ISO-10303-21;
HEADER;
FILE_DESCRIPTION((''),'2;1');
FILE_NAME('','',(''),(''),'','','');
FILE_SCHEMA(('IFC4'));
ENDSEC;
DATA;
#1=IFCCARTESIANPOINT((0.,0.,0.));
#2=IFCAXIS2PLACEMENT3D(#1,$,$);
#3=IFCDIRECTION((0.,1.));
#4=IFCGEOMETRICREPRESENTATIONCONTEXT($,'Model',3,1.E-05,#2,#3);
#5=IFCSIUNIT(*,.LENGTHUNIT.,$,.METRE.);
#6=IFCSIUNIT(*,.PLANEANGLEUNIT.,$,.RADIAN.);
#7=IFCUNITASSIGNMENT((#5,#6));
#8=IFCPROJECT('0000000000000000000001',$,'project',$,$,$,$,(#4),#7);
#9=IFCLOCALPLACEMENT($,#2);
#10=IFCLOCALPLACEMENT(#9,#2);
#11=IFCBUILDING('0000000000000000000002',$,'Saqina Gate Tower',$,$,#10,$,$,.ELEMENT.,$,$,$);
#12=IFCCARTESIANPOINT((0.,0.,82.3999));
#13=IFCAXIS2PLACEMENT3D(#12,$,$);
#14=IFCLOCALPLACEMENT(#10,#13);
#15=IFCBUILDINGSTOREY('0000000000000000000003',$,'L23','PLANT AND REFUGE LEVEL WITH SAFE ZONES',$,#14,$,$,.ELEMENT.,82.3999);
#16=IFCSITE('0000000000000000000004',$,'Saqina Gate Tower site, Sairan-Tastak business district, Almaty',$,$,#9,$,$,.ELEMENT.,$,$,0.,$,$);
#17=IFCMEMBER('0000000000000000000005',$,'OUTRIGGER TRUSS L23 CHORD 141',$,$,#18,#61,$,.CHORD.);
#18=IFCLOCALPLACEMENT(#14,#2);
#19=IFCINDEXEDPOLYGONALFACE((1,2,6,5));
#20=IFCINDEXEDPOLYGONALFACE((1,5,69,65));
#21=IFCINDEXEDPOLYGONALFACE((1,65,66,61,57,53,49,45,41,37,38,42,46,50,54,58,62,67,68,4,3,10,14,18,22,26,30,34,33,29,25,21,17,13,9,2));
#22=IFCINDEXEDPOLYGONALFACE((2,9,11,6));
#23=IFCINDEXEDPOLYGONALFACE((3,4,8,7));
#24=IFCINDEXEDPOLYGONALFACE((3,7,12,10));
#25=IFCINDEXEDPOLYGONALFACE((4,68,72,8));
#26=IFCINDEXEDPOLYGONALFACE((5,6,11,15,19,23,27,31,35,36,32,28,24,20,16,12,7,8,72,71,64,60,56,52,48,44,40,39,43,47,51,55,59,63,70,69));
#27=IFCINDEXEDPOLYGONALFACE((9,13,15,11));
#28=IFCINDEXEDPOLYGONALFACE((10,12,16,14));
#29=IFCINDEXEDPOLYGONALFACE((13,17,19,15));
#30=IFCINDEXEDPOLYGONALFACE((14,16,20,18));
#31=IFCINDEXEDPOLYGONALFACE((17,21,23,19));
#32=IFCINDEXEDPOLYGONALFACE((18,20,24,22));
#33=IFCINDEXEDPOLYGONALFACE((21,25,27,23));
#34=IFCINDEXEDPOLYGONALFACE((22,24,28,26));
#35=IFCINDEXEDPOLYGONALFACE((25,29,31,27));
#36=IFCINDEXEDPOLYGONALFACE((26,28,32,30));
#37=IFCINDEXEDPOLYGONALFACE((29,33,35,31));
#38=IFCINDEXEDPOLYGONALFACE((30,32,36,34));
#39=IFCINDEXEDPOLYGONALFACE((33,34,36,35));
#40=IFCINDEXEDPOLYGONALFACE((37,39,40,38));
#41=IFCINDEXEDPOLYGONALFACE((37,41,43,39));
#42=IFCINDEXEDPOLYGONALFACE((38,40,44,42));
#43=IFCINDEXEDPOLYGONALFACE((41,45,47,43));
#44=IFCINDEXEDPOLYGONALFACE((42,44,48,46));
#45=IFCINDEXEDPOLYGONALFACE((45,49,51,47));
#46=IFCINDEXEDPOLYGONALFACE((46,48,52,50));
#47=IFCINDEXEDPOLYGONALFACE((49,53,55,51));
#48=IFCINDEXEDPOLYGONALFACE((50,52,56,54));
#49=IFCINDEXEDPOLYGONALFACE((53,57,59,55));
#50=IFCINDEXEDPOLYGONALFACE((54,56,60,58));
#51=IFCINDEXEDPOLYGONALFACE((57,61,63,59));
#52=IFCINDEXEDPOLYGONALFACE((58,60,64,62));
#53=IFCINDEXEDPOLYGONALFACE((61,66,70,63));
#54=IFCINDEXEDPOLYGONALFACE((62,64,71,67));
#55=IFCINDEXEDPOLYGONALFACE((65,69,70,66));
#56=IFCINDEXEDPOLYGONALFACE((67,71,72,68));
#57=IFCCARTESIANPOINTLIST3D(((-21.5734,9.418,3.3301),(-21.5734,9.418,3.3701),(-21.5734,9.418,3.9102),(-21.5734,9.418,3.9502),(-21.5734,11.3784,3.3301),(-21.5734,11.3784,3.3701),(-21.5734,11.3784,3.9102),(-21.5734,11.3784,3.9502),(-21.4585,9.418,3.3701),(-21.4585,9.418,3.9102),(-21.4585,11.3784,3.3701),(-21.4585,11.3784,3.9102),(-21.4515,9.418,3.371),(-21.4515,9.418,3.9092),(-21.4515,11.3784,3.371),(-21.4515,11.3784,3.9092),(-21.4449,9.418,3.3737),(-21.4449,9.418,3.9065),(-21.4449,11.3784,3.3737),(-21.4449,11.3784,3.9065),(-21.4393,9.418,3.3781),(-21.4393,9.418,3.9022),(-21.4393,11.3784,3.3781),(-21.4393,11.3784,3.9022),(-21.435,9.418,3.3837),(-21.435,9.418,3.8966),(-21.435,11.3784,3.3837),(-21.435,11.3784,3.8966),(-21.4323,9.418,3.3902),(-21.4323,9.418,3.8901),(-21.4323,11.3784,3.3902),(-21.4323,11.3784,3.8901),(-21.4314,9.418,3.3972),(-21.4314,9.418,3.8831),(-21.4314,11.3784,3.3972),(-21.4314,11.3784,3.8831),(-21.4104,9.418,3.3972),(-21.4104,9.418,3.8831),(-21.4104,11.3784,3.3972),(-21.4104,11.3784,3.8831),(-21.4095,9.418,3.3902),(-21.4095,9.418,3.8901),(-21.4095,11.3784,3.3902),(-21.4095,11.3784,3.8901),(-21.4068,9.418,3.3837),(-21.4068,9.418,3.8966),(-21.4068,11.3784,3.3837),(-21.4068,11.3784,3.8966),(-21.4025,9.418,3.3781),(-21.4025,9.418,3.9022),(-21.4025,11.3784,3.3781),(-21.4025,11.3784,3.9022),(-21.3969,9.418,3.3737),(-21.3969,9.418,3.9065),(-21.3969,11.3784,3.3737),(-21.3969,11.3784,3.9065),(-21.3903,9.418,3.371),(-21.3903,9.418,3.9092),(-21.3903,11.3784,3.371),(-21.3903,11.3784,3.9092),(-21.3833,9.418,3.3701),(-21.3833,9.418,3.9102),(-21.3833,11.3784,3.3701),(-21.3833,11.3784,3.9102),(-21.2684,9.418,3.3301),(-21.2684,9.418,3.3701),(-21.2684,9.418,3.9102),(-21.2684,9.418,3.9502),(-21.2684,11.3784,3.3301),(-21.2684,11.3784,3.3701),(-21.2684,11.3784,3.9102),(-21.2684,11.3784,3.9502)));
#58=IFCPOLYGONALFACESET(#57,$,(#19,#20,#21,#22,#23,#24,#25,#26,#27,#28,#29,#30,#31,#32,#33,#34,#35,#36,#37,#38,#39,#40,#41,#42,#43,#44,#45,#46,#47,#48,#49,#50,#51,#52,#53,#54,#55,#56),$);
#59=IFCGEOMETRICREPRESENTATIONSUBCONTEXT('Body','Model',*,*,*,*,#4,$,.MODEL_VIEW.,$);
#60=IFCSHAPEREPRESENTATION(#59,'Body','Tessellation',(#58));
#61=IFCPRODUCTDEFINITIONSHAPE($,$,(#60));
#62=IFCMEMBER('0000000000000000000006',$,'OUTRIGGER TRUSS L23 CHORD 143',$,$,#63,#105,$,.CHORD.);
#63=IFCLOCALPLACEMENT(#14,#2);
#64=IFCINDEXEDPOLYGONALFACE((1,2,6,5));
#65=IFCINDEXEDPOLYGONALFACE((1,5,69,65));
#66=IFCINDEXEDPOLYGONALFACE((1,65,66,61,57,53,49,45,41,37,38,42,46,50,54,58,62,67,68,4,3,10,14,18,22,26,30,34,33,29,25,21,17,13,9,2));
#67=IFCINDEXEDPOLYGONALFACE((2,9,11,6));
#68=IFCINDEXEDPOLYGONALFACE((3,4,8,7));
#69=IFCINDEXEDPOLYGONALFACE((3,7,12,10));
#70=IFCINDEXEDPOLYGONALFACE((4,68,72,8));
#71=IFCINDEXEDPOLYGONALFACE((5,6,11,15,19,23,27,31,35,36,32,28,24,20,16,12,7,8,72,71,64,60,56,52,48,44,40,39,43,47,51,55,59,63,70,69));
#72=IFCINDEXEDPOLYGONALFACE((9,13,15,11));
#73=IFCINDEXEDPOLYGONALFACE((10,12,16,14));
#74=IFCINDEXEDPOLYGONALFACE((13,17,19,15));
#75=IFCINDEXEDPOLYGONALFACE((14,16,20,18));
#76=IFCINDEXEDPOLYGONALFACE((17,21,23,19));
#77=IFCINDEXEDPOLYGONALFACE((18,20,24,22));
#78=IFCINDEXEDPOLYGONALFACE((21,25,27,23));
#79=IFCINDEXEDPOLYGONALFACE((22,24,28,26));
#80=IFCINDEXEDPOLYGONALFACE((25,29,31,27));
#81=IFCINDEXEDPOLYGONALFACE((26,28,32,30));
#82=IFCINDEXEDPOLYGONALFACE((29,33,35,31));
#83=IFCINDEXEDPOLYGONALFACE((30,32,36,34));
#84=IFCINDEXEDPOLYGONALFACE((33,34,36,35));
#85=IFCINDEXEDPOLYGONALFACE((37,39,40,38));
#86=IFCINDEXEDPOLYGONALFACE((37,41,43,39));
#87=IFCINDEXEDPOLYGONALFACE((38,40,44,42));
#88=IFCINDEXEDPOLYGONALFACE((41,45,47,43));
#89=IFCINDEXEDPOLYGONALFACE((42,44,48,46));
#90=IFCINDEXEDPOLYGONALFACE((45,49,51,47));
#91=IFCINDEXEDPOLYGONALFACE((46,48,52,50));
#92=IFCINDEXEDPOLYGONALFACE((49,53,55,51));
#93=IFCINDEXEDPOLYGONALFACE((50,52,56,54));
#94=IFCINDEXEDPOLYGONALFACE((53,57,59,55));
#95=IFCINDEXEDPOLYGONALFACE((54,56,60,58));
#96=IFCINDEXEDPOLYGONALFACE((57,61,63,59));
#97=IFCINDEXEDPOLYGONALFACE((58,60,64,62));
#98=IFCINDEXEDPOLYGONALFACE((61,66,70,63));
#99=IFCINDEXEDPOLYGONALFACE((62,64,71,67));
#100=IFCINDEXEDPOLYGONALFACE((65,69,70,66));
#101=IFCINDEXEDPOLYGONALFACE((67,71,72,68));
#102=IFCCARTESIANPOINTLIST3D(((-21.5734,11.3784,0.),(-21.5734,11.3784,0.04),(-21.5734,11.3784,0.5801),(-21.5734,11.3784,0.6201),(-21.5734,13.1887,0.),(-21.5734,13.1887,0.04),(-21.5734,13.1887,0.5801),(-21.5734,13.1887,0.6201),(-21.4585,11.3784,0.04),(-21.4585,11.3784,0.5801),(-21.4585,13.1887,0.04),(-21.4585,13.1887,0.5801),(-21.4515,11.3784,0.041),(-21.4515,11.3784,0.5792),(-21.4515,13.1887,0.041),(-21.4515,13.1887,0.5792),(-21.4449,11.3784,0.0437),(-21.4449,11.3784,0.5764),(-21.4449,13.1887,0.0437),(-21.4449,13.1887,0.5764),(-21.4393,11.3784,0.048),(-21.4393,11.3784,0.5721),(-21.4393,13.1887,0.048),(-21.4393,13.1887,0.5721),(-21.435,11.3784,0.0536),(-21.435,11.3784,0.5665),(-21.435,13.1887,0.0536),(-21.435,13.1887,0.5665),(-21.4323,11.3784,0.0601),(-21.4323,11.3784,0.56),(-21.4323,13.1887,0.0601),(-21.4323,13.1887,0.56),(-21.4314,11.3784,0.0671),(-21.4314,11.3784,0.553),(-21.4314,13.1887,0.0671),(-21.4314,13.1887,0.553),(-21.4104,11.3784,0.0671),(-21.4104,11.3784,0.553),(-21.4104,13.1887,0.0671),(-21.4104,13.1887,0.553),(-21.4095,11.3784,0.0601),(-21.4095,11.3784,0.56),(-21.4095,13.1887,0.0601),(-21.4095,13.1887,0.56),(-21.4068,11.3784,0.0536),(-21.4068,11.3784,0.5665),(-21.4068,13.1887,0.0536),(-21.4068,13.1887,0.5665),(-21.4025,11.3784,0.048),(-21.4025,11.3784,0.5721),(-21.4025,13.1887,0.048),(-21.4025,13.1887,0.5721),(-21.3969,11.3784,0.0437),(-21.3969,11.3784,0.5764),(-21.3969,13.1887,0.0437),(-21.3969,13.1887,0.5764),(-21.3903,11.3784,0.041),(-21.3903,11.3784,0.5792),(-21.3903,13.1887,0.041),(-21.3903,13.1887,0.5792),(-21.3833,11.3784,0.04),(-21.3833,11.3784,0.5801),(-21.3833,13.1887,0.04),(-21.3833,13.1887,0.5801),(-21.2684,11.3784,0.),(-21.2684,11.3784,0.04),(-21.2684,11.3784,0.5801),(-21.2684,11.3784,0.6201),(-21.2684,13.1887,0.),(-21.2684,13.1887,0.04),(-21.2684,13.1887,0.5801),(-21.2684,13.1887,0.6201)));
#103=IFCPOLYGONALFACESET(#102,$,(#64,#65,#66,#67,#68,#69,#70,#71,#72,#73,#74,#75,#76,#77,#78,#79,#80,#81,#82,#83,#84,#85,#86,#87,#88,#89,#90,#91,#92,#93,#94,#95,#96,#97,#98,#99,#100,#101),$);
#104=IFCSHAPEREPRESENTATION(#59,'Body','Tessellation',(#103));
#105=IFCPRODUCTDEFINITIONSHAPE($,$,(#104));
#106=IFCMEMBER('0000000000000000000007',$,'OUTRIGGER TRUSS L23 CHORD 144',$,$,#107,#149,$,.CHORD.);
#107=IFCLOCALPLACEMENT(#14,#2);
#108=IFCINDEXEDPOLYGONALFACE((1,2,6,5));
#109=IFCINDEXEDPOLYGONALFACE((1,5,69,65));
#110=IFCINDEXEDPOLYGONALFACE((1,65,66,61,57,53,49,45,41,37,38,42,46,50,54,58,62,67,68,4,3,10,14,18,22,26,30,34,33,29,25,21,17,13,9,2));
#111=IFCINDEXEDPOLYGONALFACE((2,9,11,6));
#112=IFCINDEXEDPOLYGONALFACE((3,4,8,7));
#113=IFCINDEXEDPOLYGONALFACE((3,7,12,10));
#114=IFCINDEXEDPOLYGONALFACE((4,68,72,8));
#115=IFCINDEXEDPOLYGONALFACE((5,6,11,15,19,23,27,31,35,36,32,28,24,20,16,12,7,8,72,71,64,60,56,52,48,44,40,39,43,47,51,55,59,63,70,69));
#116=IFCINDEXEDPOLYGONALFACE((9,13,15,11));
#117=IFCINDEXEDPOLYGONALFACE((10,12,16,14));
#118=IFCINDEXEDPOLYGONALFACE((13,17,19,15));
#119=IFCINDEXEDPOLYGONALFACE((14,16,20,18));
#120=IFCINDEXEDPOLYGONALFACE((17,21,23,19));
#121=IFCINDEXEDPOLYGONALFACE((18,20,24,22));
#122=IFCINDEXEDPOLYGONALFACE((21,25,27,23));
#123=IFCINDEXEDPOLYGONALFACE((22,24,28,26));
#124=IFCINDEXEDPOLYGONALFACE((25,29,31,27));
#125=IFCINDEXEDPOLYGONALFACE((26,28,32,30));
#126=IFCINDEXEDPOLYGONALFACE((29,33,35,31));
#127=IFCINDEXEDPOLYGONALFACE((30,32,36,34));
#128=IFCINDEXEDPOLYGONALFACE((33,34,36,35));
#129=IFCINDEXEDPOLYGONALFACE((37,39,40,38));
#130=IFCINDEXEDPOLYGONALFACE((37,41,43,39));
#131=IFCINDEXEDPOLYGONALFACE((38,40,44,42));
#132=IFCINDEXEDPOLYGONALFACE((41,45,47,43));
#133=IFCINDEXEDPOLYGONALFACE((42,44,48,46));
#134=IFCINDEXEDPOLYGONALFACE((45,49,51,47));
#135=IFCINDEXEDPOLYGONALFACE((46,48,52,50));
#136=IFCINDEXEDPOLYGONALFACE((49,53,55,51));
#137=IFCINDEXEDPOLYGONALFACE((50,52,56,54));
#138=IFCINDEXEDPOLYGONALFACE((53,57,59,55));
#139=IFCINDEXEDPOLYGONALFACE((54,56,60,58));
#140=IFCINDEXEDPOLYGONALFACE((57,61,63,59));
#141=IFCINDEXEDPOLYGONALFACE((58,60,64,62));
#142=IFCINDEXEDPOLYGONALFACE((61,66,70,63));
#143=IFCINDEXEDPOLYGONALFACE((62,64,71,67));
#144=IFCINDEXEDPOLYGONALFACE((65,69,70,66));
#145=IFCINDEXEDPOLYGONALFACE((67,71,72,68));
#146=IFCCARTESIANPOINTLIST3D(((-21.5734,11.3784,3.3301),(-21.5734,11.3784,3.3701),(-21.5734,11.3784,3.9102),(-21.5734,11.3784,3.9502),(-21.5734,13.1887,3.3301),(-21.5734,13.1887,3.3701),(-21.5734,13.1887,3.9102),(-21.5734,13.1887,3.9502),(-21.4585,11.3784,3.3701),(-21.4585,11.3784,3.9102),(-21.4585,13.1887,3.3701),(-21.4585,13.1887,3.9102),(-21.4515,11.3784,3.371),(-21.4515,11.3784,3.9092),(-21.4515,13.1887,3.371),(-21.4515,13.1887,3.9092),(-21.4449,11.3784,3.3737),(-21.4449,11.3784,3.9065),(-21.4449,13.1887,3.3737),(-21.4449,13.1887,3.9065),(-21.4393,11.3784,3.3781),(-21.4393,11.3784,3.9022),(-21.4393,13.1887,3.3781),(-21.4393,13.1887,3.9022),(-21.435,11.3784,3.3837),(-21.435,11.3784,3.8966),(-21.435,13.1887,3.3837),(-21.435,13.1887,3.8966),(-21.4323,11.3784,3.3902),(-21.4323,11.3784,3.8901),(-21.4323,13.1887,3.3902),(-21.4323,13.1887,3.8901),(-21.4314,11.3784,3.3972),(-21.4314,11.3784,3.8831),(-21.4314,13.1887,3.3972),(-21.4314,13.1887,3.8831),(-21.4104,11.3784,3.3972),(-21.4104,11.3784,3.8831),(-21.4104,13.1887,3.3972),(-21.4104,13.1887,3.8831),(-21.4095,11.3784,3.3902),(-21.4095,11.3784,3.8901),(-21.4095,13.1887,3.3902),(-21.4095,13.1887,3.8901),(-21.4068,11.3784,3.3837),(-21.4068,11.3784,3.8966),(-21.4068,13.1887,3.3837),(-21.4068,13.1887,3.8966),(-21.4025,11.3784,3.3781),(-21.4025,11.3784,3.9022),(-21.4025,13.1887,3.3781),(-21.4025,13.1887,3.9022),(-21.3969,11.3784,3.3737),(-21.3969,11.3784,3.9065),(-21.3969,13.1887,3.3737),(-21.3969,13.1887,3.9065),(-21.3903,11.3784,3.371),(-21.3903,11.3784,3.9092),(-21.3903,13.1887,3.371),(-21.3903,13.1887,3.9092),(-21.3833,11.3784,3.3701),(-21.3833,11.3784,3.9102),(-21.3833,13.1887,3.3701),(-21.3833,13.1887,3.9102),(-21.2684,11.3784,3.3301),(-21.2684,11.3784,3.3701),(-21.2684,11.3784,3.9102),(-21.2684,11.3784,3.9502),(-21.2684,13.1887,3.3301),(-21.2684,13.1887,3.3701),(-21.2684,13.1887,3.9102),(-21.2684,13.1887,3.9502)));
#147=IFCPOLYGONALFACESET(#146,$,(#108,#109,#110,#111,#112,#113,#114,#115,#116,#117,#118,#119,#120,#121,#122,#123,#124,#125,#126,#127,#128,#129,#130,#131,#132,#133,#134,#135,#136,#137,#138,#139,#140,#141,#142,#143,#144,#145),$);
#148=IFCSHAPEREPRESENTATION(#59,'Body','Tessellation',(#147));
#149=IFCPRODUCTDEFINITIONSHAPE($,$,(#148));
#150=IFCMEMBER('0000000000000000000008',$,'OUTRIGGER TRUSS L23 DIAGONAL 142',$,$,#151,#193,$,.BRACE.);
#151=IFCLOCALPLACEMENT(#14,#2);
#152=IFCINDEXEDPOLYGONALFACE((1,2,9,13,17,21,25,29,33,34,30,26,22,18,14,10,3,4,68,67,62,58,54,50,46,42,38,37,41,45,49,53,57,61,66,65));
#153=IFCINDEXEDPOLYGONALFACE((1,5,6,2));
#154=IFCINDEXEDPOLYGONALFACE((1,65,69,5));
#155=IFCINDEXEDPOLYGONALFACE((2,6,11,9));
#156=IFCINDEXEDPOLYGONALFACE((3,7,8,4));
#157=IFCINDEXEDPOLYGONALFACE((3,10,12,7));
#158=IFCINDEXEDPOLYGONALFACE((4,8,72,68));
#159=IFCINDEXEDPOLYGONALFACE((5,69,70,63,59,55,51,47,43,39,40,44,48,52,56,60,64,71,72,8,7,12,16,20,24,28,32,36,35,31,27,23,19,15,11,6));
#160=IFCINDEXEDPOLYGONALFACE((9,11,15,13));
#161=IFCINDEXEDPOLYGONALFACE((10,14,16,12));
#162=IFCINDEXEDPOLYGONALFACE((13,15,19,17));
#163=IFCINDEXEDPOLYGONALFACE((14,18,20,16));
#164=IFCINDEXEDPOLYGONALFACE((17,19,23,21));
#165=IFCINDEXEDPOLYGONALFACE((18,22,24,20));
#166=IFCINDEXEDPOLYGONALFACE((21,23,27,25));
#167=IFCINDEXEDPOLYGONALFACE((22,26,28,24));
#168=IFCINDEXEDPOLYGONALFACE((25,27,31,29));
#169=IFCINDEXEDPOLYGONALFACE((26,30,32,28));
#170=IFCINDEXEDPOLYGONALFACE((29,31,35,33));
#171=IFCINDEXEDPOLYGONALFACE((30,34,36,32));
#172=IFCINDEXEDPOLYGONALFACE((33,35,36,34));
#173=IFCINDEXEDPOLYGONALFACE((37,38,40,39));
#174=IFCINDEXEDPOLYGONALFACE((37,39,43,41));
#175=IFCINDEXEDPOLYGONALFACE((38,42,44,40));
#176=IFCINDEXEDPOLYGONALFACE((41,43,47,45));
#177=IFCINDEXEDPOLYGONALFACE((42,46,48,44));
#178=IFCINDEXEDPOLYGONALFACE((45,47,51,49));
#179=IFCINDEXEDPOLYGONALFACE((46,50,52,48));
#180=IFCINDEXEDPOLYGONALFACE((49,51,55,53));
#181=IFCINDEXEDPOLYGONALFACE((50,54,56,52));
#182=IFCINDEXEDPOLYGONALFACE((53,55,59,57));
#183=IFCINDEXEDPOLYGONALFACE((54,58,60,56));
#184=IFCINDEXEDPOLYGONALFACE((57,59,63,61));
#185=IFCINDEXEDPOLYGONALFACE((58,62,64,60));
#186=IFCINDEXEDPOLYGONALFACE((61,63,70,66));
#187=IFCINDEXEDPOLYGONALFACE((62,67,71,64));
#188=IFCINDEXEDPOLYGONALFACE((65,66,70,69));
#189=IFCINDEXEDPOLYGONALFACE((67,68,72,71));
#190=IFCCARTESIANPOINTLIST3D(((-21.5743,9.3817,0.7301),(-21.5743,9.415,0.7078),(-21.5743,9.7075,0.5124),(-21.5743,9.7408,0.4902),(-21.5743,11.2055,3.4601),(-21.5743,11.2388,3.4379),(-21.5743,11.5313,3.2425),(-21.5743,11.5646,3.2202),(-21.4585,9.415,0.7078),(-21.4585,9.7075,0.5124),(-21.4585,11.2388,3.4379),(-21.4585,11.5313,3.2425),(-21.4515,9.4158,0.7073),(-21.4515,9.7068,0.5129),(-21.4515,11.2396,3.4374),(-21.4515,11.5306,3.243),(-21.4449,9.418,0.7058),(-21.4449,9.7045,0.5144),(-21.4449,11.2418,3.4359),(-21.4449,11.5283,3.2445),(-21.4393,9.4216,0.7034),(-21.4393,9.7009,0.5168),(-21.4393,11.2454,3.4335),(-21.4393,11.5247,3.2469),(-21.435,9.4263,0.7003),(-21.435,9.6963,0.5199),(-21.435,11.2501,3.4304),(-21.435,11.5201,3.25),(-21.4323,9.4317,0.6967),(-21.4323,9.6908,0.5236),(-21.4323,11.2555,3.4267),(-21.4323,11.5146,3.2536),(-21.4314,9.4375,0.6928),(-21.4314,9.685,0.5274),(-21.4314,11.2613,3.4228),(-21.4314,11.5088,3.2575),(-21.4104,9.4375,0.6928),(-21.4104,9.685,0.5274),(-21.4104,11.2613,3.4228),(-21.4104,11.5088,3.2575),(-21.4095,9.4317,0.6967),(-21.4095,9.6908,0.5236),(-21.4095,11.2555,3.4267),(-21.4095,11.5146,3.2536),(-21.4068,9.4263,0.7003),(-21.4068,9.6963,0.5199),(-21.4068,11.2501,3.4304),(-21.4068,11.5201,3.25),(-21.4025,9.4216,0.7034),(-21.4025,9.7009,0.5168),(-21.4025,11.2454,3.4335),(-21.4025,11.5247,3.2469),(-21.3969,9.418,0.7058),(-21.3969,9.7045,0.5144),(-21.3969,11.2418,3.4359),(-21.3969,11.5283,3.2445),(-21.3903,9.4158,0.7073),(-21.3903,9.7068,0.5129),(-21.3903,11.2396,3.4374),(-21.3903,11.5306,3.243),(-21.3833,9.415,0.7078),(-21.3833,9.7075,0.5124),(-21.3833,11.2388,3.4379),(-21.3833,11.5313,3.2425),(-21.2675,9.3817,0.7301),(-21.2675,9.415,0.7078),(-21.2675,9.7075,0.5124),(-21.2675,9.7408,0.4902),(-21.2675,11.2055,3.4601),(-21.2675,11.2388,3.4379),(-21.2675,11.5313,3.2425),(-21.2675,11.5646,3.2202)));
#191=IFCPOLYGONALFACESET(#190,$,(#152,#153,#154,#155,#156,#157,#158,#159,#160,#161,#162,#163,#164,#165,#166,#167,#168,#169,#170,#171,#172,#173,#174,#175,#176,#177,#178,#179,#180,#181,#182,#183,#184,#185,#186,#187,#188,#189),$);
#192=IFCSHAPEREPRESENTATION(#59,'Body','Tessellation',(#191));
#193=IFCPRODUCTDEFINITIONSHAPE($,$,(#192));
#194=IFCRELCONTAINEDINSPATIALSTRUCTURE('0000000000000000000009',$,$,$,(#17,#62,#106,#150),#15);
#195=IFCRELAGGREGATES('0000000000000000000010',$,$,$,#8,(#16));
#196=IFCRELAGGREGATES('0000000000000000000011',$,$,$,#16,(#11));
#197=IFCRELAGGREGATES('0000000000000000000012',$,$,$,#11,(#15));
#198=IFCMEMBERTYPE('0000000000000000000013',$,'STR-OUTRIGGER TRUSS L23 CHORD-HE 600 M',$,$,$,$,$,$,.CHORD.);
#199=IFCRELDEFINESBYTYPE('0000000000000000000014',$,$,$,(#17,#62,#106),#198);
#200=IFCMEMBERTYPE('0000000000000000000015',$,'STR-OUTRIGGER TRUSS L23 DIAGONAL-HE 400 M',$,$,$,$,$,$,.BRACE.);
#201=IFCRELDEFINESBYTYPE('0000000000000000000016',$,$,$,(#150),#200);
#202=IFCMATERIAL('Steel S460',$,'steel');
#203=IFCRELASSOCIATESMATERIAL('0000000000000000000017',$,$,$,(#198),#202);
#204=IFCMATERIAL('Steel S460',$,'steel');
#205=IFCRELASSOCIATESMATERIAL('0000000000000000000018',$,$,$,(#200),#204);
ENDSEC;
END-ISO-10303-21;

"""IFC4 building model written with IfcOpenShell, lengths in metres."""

from ifc_helpers import new_model, si_unit, direction, frame, origin, origin_2d, place, context, subcontext, project, spatial, i_section, extrude, material, material_profile, profile_set, type_object, element, save


model = new_model("IFC4")

# Units and contexts
model_context = context("Model", 3, precision=1e-05, world=origin(), true_north=direction((0.0, 1.0)))
body_context = subcontext(model_context, "Body", "Model", "MODEL_VIEW")
ifc_project = project(units=[si_unit("LENGTHUNIT", "METRE"), si_unit("PLANEANGLEUNIT", "RADIAN")], contexts=[model_context])

# Site, building, storey
site_placement = place(None, origin())
site = spatial("IfcSite", under=ifc_project, at=site_placement, Name="Saqina Gate Tower site, Sairan-Tastak business district, Almaty", CompositionType="ELEMENT", RefElevation=0.0)
building_placement = place(site_placement, origin())
building = spatial("IfcBuilding", under=site, at=building_placement, Name="Saqina Gate Tower", CompositionType="ELEMENT")
storey_placement = place(building_placement, frame((0.0, 0.0, 82.3999)))
storey = spatial("IfcBuildingStorey", under=building, at=storey_placement, Name="L23", Description="PLANT AND REFUGE LEVEL WITH SAFE ZONES", CompositionType="ELEMENT", Elevation=82.3999)

# Members
ifc_material_1 = material(Name="Steel S460", Category="steel")
ifc_material_profile_1 = material_profile(ifc_material_1, i_section(OverallWidth=0.3049, OverallDepth=0.6201, WebThickness=0.021, FlangeThickness=0.04, FilletRadius=0.0271, at=origin_2d()), Name="HE 600 M")
ifc_profile_set_1 = profile_set([ifc_material_profile_1], Name="Steel S460")
member_type_1 = type_object("IfcMemberType", Name="STR-OUTRIGGER TRUSS L23 CHORD-HE 600 M", PredefinedType="CHORD", material=ifc_profile_set_1)
for number, where, z_axis, x_axis, name in (
    (1, (-21.4209, 9.418, 3.6401), (0.0, 1.0, 0.0), (-1.0, 0.0, 0.0), "OUTRIGGER TRUSS L23 CHORD 141"),
):
    element("IfcMember", number, at=place(storey_placement, frame(where, z_axis=z_axis, x_axis=x_axis)), inside=storey, type_object=member_type_1, Name=name, PredefinedType="CHORD", context=body_context, shape_type="SweptSolid", body=[
        extrude(i_section(OverallWidth=0.3049, OverallDepth=0.6201, WebThickness=0.021, FlangeThickness=0.04, FilletRadius=0.0271, at=origin_2d()), origin(), (0.0, 0.0, 1.0), 1.9604),
    ])
for number, where, z_axis, x_axis, name in (
    (2, (-21.4209, 11.3784, 0.3101), (0.0, 1.0, 0.0), (-1.0, 0.0, 0.0), "OUTRIGGER TRUSS L23 CHORD 143"),
    (3, (-21.4209, 11.3784, 3.6401), (0.0, 1.0, 0.0), (-1.0, 0.0, 0.0), "OUTRIGGER TRUSS L23 CHORD 144"),
):
    element("IfcMember", number, at=place(storey_placement, frame(where, z_axis=z_axis, x_axis=x_axis)), inside=storey, type_object=member_type_1, Name=name, PredefinedType="CHORD", context=body_context, shape_type="SweptSolid", body=[
        extrude(i_section(OverallWidth=0.3049, OverallDepth=0.6201, WebThickness=0.021, FlangeThickness=0.04, FilletRadius=0.0271, at=origin_2d()), origin(), (0.0, 0.0, 1.0), 1.8103),
    ])
ifc_material_2 = material(Name="Steel S460", Category="steel")
ifc_material_profile_2 = material_profile(ifc_material_2, i_section(OverallWidth=0.3069, OverallDepth=0.4319, WebThickness=0.021, FlangeThickness=0.04, FilletRadius=0.0271, at=origin_2d()), Name="HE 400 M")
ifc_profile_set_2 = profile_set([ifc_material_profile_2], Name="Steel S460")
member_type_2 = type_object("IfcMemberType", Name="STR-OUTRIGGER TRUSS L23 DIAGONAL-HE 400 M", PredefinedType="BRACE", material=ifc_profile_set_2)
for number, where, z_axis, x_axis, name in (
    (4, (-21.4209, 9.5613, 0.6101), (0.0, 0.555489, 0.831524), (-1.0, 0.0, 0.0), "OUTRIGGER TRUSS L23 DIAGONAL 142"),
):
    element("IfcMember", number, at=place(storey_placement, frame(where, z_axis=z_axis, x_axis=x_axis)), inside=storey, type_object=member_type_2, Name=name, PredefinedType="BRACE", context=body_context, shape_type="SweptSolid", body=[
        extrude(i_section(OverallWidth=0.3069, OverallDepth=0.4319, WebThickness=0.021, FlangeThickness=0.04, FilletRadius=0.0271, at=origin_2d()), origin(), (0.0, 0.0, 1.0), 3.2832),
    ])

save(model, "model.ifc")
